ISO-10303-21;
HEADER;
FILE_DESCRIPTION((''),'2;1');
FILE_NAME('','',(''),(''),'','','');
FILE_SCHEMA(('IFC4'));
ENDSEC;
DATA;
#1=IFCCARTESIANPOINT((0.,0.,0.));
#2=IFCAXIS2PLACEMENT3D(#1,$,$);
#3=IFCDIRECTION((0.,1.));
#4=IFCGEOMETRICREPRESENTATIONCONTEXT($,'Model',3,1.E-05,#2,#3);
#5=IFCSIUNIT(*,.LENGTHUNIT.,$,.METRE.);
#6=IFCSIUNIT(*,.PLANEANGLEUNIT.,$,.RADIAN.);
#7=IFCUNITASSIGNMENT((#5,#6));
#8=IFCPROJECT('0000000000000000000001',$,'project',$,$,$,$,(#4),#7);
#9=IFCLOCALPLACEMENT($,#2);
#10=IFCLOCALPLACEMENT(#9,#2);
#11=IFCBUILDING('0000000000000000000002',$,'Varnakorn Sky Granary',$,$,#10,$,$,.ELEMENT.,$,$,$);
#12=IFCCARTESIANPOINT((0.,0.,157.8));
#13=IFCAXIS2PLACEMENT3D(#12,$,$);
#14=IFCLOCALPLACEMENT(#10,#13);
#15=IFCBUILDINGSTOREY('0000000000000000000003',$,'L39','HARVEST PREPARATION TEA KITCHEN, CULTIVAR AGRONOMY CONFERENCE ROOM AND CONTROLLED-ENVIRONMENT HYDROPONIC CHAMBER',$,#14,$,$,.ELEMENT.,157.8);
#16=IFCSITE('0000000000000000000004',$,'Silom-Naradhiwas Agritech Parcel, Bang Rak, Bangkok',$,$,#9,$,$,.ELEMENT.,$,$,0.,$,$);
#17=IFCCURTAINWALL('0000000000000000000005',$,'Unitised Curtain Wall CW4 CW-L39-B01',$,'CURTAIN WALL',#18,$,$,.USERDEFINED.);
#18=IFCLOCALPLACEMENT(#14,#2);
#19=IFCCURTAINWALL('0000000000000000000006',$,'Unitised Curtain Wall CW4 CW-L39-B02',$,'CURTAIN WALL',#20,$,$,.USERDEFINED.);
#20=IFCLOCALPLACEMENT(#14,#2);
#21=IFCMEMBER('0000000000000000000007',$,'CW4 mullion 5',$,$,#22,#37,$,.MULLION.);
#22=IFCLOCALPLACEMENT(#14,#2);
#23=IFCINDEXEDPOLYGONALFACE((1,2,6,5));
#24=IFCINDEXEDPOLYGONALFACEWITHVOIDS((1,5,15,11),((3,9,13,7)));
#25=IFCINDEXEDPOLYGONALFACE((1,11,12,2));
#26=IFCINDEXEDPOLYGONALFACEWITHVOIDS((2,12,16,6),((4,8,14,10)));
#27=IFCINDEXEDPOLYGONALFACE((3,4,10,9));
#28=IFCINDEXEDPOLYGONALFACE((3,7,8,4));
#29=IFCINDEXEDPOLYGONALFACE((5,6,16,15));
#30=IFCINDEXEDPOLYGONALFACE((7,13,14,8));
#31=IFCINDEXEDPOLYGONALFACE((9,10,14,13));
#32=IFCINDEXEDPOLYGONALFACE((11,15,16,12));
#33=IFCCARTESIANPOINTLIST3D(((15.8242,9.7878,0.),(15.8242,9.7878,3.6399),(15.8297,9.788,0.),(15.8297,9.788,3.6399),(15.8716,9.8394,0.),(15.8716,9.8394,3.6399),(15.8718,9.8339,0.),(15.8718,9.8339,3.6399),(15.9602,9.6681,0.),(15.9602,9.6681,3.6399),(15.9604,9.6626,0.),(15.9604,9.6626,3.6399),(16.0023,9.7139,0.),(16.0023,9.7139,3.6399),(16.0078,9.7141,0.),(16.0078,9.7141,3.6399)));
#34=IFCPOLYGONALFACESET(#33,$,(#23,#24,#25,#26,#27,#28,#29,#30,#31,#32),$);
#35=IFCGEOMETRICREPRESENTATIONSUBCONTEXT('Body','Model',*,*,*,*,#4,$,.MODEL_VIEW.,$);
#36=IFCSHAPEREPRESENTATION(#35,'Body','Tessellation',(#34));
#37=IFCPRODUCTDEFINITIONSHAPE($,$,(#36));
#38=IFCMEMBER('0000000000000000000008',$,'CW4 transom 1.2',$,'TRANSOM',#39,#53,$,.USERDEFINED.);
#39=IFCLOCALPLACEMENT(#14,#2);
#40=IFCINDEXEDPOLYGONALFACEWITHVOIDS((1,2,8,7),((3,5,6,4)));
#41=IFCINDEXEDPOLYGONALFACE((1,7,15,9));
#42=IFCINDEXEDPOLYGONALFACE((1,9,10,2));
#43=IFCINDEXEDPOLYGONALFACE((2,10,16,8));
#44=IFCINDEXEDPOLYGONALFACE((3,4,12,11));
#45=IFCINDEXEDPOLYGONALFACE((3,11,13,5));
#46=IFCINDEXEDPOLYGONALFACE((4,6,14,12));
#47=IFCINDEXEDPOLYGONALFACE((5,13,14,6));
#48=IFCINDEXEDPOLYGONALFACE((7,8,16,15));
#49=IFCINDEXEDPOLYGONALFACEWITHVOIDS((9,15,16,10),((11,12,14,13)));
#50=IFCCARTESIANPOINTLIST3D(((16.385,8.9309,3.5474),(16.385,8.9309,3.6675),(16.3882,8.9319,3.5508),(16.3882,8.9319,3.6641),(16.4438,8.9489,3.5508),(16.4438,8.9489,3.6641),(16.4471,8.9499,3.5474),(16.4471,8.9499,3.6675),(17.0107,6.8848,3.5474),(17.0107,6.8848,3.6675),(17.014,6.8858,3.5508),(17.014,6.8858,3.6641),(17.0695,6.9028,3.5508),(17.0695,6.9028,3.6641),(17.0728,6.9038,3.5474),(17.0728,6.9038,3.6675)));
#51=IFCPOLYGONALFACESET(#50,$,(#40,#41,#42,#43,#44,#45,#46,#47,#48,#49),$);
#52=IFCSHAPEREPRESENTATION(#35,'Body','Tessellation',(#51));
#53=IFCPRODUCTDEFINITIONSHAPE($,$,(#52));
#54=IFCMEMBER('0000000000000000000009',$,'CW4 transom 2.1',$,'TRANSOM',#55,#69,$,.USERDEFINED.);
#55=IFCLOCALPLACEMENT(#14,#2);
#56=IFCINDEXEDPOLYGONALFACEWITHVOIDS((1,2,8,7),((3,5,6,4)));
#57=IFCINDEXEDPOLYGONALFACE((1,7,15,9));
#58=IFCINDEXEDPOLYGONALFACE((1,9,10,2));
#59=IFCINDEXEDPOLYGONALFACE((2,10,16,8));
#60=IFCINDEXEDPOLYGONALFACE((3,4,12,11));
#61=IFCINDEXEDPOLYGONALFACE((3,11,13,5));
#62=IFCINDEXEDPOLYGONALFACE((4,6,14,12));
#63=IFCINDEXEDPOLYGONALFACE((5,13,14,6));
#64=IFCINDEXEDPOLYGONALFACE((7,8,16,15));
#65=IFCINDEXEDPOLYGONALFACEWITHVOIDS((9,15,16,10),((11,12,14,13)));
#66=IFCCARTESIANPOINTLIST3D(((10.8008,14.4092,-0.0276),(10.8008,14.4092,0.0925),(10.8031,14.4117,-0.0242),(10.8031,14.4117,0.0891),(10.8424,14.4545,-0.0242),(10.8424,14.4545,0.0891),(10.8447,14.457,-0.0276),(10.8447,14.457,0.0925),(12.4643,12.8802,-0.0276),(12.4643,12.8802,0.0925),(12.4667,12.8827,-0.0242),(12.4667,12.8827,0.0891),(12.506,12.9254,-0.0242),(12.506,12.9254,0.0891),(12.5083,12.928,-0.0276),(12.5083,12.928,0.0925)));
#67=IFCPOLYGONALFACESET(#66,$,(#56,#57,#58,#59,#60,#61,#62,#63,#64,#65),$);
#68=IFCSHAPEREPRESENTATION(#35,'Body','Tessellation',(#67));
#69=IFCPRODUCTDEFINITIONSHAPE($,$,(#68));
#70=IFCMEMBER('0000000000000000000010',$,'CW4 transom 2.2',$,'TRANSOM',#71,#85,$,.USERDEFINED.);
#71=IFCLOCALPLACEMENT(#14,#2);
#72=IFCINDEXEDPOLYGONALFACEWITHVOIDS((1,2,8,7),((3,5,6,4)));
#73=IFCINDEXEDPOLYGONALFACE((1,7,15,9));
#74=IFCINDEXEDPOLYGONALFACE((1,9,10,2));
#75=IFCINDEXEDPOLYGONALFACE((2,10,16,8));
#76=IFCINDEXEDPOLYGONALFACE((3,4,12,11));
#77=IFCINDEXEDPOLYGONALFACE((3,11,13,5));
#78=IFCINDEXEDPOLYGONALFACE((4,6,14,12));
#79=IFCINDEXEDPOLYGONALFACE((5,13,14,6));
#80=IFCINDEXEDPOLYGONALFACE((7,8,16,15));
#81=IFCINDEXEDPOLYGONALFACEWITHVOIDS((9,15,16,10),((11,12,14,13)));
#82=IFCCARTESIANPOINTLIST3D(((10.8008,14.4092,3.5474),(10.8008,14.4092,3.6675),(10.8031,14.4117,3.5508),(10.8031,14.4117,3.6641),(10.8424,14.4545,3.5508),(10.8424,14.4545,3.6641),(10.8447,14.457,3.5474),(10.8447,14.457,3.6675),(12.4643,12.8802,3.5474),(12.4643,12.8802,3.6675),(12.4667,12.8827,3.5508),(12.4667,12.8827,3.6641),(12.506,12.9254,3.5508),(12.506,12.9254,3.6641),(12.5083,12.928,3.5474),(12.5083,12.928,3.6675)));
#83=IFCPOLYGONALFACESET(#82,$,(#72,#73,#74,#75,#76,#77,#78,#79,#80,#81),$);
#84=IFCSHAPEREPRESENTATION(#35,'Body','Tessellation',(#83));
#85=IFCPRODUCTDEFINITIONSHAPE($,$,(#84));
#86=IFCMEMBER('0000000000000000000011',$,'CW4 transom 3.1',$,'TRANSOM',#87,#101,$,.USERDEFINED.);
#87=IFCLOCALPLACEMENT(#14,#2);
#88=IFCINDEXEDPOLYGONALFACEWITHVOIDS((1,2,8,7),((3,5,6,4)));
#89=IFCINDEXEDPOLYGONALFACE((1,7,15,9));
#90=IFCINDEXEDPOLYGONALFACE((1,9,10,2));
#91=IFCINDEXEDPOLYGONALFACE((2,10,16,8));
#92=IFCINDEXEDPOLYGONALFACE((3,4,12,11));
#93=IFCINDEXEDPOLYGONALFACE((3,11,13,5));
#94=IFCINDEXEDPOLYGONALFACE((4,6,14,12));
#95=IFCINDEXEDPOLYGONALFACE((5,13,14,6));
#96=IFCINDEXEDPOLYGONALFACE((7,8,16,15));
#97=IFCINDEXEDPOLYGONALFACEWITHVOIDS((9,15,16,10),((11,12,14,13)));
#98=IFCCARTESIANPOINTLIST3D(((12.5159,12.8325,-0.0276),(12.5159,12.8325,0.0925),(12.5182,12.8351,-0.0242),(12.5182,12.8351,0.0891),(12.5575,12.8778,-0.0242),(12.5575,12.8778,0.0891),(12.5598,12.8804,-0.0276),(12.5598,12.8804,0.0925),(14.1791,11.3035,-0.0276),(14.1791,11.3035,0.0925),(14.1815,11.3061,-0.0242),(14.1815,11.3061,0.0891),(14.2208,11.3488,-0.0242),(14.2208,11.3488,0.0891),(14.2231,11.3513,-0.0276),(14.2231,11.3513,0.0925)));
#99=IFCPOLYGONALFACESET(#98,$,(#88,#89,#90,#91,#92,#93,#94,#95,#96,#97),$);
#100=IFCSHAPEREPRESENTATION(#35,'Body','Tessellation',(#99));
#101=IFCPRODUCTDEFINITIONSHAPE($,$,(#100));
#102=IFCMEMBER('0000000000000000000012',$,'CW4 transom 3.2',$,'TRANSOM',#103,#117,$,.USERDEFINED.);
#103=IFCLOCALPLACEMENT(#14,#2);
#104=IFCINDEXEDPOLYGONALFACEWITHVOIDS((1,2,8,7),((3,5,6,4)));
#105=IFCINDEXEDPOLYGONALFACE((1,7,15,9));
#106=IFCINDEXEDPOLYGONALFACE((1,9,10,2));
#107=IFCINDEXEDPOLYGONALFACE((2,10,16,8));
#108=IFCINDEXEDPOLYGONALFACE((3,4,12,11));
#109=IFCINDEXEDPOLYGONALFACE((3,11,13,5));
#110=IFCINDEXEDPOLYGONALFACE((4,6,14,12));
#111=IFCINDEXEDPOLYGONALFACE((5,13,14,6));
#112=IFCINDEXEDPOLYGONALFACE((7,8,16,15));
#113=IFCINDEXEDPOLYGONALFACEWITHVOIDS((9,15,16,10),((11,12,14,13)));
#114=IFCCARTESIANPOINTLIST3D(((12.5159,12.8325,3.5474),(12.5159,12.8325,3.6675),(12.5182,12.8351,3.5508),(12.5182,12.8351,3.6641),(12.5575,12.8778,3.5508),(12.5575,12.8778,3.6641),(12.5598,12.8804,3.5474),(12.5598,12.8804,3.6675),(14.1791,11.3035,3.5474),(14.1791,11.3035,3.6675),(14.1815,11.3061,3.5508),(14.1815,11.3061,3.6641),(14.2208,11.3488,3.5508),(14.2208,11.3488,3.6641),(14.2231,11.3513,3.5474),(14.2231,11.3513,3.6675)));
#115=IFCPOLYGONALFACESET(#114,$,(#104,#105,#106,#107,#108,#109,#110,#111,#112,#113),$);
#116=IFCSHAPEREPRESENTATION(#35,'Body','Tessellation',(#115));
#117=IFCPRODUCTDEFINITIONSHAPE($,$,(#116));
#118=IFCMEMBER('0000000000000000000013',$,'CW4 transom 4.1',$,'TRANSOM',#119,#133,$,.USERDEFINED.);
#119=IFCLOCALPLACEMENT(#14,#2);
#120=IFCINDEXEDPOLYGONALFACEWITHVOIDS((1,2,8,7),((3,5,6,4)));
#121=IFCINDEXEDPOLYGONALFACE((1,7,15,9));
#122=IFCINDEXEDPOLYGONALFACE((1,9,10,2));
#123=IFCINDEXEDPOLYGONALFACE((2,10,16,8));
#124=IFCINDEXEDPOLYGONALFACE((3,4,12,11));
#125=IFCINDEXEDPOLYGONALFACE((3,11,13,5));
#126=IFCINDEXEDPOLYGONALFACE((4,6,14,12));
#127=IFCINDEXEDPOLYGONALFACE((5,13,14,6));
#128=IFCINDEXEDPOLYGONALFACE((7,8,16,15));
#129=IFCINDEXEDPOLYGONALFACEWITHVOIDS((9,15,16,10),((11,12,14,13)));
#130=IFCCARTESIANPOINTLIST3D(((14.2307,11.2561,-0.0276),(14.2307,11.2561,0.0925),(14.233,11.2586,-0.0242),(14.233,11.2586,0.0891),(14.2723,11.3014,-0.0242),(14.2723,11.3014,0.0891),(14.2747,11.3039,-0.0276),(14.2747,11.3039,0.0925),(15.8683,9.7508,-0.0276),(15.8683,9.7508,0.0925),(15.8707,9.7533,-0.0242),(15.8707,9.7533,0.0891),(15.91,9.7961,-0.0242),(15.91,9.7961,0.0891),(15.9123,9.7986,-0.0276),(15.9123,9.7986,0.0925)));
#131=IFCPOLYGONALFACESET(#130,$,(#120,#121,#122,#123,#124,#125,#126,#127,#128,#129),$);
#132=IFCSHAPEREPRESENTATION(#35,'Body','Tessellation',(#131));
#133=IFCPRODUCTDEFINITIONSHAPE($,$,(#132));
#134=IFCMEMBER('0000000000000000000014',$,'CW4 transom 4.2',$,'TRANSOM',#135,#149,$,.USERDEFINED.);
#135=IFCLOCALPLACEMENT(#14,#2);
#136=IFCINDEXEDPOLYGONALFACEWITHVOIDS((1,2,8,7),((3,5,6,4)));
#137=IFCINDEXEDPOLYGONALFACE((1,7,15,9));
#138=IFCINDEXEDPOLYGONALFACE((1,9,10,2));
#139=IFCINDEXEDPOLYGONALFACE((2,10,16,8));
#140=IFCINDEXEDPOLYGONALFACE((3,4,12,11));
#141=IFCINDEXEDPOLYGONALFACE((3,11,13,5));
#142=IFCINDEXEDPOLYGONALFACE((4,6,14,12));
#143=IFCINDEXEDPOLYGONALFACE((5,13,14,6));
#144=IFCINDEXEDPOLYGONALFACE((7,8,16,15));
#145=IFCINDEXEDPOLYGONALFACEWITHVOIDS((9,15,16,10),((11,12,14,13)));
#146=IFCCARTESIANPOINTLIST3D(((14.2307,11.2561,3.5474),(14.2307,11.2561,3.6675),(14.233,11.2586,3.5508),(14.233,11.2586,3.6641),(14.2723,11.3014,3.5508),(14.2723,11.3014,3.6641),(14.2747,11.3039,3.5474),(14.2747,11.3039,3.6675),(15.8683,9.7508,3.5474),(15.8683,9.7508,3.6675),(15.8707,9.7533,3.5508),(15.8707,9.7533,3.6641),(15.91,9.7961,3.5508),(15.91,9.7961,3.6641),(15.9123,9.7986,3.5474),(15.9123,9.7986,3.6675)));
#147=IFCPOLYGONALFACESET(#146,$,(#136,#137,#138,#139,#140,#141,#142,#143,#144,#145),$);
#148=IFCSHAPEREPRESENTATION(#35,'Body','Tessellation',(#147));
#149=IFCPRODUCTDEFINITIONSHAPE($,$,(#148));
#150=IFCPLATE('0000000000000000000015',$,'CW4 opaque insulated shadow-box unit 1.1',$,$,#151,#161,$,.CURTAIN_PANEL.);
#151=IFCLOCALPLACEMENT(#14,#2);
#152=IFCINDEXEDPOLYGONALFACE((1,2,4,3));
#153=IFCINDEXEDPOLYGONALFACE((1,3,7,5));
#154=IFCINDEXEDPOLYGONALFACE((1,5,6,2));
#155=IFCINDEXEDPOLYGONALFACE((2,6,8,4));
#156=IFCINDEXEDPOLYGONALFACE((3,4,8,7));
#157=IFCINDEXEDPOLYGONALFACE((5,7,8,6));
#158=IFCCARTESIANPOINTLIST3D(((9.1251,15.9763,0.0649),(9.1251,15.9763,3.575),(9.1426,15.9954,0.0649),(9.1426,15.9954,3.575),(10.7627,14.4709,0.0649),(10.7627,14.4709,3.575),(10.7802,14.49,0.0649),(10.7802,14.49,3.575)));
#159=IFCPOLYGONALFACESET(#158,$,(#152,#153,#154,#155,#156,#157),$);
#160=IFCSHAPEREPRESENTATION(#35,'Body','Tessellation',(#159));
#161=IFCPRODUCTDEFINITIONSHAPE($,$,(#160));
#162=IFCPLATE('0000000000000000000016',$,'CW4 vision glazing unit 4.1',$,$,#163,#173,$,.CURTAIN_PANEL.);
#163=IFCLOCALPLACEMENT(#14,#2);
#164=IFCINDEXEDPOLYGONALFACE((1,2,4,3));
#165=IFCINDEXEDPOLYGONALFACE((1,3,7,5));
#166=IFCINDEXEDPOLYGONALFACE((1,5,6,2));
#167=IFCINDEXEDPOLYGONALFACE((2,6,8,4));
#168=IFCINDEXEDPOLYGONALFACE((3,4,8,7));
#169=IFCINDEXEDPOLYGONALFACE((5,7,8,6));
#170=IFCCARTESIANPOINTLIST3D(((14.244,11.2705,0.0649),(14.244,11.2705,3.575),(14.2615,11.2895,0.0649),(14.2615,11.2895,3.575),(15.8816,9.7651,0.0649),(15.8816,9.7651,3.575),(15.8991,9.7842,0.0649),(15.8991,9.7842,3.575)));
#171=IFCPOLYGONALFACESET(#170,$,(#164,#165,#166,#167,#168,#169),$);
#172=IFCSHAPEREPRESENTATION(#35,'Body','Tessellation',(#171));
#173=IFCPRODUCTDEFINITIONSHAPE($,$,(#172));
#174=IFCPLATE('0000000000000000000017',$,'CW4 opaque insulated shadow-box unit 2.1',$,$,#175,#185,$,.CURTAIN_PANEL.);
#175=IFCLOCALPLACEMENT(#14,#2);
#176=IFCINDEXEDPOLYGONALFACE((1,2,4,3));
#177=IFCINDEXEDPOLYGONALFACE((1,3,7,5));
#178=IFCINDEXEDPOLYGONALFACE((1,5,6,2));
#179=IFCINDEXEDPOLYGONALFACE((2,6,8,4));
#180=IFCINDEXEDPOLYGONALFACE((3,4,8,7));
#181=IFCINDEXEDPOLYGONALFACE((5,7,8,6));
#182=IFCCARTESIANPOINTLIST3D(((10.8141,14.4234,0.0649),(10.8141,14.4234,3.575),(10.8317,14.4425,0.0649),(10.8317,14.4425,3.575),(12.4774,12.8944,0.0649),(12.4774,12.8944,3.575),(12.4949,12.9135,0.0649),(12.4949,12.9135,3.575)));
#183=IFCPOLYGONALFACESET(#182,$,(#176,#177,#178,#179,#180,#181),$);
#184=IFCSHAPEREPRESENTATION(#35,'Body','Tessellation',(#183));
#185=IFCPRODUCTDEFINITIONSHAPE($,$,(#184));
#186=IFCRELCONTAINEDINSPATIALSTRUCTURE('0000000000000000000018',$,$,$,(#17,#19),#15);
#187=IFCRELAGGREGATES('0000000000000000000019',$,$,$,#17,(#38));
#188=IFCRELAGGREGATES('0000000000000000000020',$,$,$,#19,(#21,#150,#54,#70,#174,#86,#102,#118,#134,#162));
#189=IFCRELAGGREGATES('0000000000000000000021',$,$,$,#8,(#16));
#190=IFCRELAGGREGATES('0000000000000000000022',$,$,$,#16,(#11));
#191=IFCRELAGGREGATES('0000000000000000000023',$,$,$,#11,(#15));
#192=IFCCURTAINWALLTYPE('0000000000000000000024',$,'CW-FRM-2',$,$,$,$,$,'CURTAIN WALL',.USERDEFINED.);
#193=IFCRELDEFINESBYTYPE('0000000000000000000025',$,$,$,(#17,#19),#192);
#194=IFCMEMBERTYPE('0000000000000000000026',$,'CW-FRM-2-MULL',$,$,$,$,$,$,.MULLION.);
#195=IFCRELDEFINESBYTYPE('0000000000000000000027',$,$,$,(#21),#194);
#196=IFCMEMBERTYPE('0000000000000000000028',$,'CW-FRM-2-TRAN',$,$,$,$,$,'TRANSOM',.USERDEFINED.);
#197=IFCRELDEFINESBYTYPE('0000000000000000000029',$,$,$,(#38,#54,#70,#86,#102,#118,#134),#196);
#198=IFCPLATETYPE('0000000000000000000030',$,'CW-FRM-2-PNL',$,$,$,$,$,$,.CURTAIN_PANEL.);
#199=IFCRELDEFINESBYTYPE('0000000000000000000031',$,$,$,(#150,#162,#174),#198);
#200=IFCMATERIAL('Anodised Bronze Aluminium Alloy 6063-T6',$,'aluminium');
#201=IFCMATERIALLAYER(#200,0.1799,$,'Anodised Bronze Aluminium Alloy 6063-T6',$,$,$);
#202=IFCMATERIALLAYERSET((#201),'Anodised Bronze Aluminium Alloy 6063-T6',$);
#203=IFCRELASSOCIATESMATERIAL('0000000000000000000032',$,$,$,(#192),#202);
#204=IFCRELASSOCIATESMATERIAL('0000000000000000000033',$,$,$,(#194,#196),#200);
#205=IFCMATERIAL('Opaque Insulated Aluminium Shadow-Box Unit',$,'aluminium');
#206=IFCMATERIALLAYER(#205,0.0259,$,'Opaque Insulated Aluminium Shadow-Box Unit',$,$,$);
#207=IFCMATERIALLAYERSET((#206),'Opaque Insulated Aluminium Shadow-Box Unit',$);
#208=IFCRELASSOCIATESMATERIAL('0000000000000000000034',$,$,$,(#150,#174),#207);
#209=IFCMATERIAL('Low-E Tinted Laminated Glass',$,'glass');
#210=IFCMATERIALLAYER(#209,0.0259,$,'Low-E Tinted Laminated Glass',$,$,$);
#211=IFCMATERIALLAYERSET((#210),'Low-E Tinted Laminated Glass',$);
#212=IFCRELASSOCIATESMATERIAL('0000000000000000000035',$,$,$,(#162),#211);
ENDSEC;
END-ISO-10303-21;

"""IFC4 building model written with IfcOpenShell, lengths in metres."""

from ifc_helpers import new_model, si_unit, direction, frame, origin, origin_2d, place, context, subcontext, project, spatial, rectangle, hollow_rectangle, extrude, source, transform, mapped, material, layer, layer_set, material_profile, profile_set, type_object, type_shapes, element, aggregate, save


model = new_model("IFC4")

# Units and contexts
model_context = context("Model", 3, precision=1e-05, world=origin(), true_north=direction((0.0, 1.0)))
body_context = subcontext(model_context, "Body", "Model", "MODEL_VIEW")
ifc_project = project(units=[si_unit("LENGTHUNIT", "METRE"), si_unit("PLANEANGLEUNIT", "RADIAN")], contexts=[model_context])

# Site, building, storey
site_placement = place(None, origin())
site = spatial("IfcSite", under=ifc_project, at=site_placement, Name="Silom-Naradhiwas Agritech Parcel, Bang Rak, Bangkok", CompositionType="ELEMENT", RefElevation=0.0)
building_placement = place(site_placement, origin())
building = spatial("IfcBuilding", under=site, at=building_placement, Name="Varnakorn Sky Granary", CompositionType="ELEMENT")
storey_placement = place(building_placement, frame((0.0, 0.0, 157.8)))
storey = spatial("IfcBuildingStorey", under=building, at=storey_placement, Name="L39", Description="HARVEST PREPARATION TEA KITCHEN, CULTIVAR AGRONOMY CONFERENCE ROOM AND CONTROLLED-ENVIRONMENT HYDROPONIC CHAMBER", CompositionType="ELEMENT", Elevation=157.8)

# Curtain wall
ifc_material_1 = material(Name="Anodised Bronze Aluminium Alloy 6063-T6", Category="aluminium")
ifc_layer_1 = layer(ifc_material_1, 0.1799, Name="Anodised Bronze Aluminium Alloy 6063-T6")
ifc_layer_set_1 = layer_set([ifc_layer_1], Name="Anodised Bronze Aluminium Alloy 6063-T6")
curtain_wall_type = type_object("IfcCurtainWallType", Name="CW-FRM-2", ElementType="CURTAIN WALL", PredefinedType="USERDEFINED", material=ifc_layer_set_1)
curtain_wall_1_placement = place(storey_placement, origin())
curtain_wall_1 = element("IfcCurtainWall", 1, at=curtain_wall_1_placement, inside=storey, type_object=curtain_wall_type, Name="Unitised Curtain Wall CW4 CW-L39-B01", ObjectType="CURTAIN WALL", PredefinedType="USERDEFINED")
ifc_material_profile_1 = material_profile(ifc_material_1, hollow_rectangle(XDim=0.0701, YDim=0.1851, WallThickness=0.0039, at=origin_2d()), Name="ALU MULL 70x185")
ifc_profile_set_1 = profile_set([ifc_material_profile_1], Name="Anodised Bronze Aluminium Alloy 6063-T6")
member_type_1 = type_object("IfcMemberType", Name="CW-FRM-2-MULL", PredefinedType="MULLION", material=ifc_profile_set_1)

# Curtain wall, member
curtain_wall_2_placement = place(storey_placement, origin())
curtain_wall_2 = element("IfcCurtainWall", 2, at=curtain_wall_2_placement, inside=storey, type_object=curtain_wall_type, Name="Unitised Curtain Wall CW4 CW-L39-B02", ObjectType="CURTAIN WALL", PredefinedType="USERDEFINED")
member_1_placement = place(storey_placement, frame((15.916, 9.751, 0.0), z_axis=(0.0, 0.0, 1.0), x_axis=(0.676758, 0.736205, 0.0)))
member_1 = element("IfcMember", 3, at=member_1_placement, type_object=member_type_1, Name="CW4 mullion 5", PredefinedType="MULLION", context=body_context, shape_type="SweptSolid", body=[
    extrude(hollow_rectangle(XDim=0.0701, YDim=0.1851, WallThickness=0.0039, at=origin_2d()), origin(), (0.0, 0.0, 1.0), 3.6399),
])

# Members
ifc_material_profile_2 = material_profile(ifc_material_1, hollow_rectangle(XDim=0.0649, YDim=0.1201, WallThickness=0.0034, at=origin_2d()), Name="ALU TRAN 65x120")
ifc_profile_set_2 = profile_set([ifc_material_profile_2], Name="Anodised Bronze Aluminium Alloy 6063-T6")
member_type_2 = type_object("IfcMemberType", Name="CW-FRM-2-TRAN", ElementType="TRANSOM", PredefinedType="USERDEFINED", material=ifc_profile_set_2)
member_2_placement = place(storey_placement, frame((16.416, 8.9404, 3.6074), z_axis=(0.292442, -0.956283, 0.0), x_axis=(0.956283, 0.292442, 0.0)))
member_2 = element("IfcMember", 4, at=member_2_placement, type_object=member_type_2, Name="CW4 transom 1.2", ObjectType="TRANSOM", PredefinedType="USERDEFINED", context=body_context, shape_type="SweptSolid", body=[
    extrude(hollow_rectangle(XDim=0.0649, YDim=0.1201, WallThickness=0.0034, at=origin_2d()), origin(), (0.0, 0.0, 1.0), 2.1396),
])
aggregate(curtain_wall_1, [member_2])
member_3_placement = place(storey_placement, frame((10.8228, 14.4331, 0.0325), z_axis=(0.736247, -0.676712, 0.0), x_axis=(0.676712, 0.736247, 0.0)))
member_3 = element("IfcMember", 5, at=member_3_placement, type_object=member_type_2, Name="CW4 transom 2.1", ObjectType="TRANSOM", PredefinedType="USERDEFINED", context=body_context, shape_type="SweptSolid", body=[
    extrude(hollow_rectangle(XDim=0.0649, YDim=0.1201, WallThickness=0.0034, at=origin_2d()), origin(), (0.0, 0.0, 1.0), 2.2595),
])
member_4_placement = place(storey_placement, frame((10.8228, 14.4331, 3.6074), z_axis=(0.736247, -0.676712, 0.0), x_axis=(0.676712, 0.736247, 0.0)))
member_4 = element("IfcMember", 6, at=member_4_placement, type_object=member_type_2, Name="CW4 transom 2.2", ObjectType="TRANSOM", PredefinedType="USERDEFINED", context=body_context, shape_type="SweptSolid", body=[
    extrude(hollow_rectangle(XDim=0.0649, YDim=0.1201, WallThickness=0.0034, at=origin_2d()), origin(), (0.0, 0.0, 1.0), 2.2595),
])
member_5_placement = place(storey_placement, frame((12.5378, 12.8564, 0.0325), z_axis=(0.736198, -0.676766, 0.0), x_axis=(0.676766, 0.736198, 0.0)))
member_5 = element("IfcMember", 7, at=member_5_placement, type_object=member_type_2, Name="CW4 transom 3.1", ObjectType="TRANSOM", PredefinedType="USERDEFINED", context=body_context, shape_type="SweptSolid", body=[
    extrude(hollow_rectangle(XDim=0.0649, YDim=0.1201, WallThickness=0.0034, at=origin_2d()), origin(), (0.0, 0.0, 1.0), 2.2593),
])
member_6_placement = place(storey_placement, frame((12.5378, 12.8564, 3.6074), z_axis=(0.736198, -0.676766, 0.0), x_axis=(0.676766, 0.736198, 0.0)))
member_6 = element("IfcMember", 8, at=member_6_placement, type_object=member_type_2, Name="CW4 transom 3.2", ObjectType="TRANSOM", PredefinedType="USERDEFINED", context=body_context, shape_type="SweptSolid", body=[
    extrude(hollow_rectangle(XDim=0.0649, YDim=0.1201, WallThickness=0.0034, at=origin_2d()), origin(), (0.0, 0.0, 1.0), 2.2593),
])
member_7_placement = place(storey_placement, frame((14.2527, 11.28, 0.0325), z_axis=(0.736224, -0.676738, 0.0), x_axis=(0.676738, 0.736224, 0.0)))
member_7 = element("IfcMember", 9, at=member_7_placement, type_object=member_type_2, Name="CW4 transom 4.1", ObjectType="TRANSOM", PredefinedType="USERDEFINED", context=body_context, shape_type="SweptSolid", body=[
    extrude(hollow_rectangle(XDim=0.0649, YDim=0.1201, WallThickness=0.0034, at=origin_2d()), origin(), (0.0, 0.0, 1.0), 2.2244),
])
member_8_placement = place(storey_placement, frame((14.2527, 11.28, 3.6074), z_axis=(0.736224, -0.676738, 0.0), x_axis=(0.676738, 0.736224, 0.0)))
member_8 = element("IfcMember", 10, at=member_8_placement, type_object=member_type_2, Name="CW4 transom 4.2", ObjectType="TRANSOM", PredefinedType="USERDEFINED", context=body_context, shape_type="SweptSolid", body=[
    extrude(hollow_rectangle(XDim=0.0649, YDim=0.1201, WallThickness=0.0034, at=origin_2d()), origin(), (0.0, 0.0, 1.0), 2.2244),
])

# Plates
ifc_material_2 = material(Name="Opaque Insulated Aluminium Shadow-Box Unit", Category="aluminium")
ifc_layer_2 = layer(ifc_material_2, 0.0259, Name="Opaque Insulated Aluminium Shadow-Box Unit")
ifc_layer_set_2 = layer_set([ifc_layer_2], Name="Opaque Insulated Aluminium Shadow-Box Unit")
plate_type = type_object("IfcPlateType", Name="CW-FRM-2-PNL", PredefinedType="CURTAIN_PANEL")
shared_shape_1 = source(origin(), body_context, "Body", "SweptSolid", [
    extrude(rectangle(XDim=2.2244, YDim=0.0259, at=origin_2d()), origin(), (0.0, 0.0, 1.0), 3.51),
])
plate_1_placement = place(storey_placement, frame((9.9526, 15.2332, 0.0649), z_axis=(0.0, 0.0, 1.0), x_axis=(0.736205, -0.676758, 0.0)))
plate_1 = element("IfcPlate", 11, at=plate_1_placement, type_object=plate_type, material=ifc_layer_set_2, Name="CW4 opaque insulated shadow-box unit 1.1", PredefinedType="CURTAIN_PANEL", context=body_context, shape_type="MappedRepresentation", body=[
    mapped(shared_shape_1, transform((0.0, 0.0, 0.0), x_axis=(1.0, 0.0, 0.0), y_axis=(0.0, 1.0, 0.0), z_axis=(0.0, 0.0, 1.0), scale=1.0)),
])
ifc_material_3 = material(Name="Low-E Tinted Laminated Glass", Category="glass")
ifc_layer_3 = layer(ifc_material_3, 0.0259, Name="Low-E Tinted Laminated Glass")
ifc_layer_set_3 = layer_set([ifc_layer_3], Name="Low-E Tinted Laminated Glass")
plate_2_placement = place(storey_placement, frame((15.0715, 10.5273, 0.0649), z_axis=(0.0, 0.0, 1.0), x_axis=(0.736205, -0.676758, 0.0)))
plate_2 = element("IfcPlate", 12, at=plate_2_placement, type_object=plate_type, material=ifc_layer_set_3, Name="CW4 vision glazing unit 4.1", PredefinedType="CURTAIN_PANEL", context=body_context, shape_type="MappedRepresentation", body=[
    mapped(shared_shape_1, transform((0.0, 0.0, 0.0), x_axis=(1.0, 0.0, 0.0), y_axis=(0.0, 1.0, 0.0), z_axis=(0.0, 0.0, 1.0), scale=1.0)),
])
shared_shape_2 = source(origin(), body_context, "Body", "SweptSolid", [
    extrude(rectangle(XDim=2.2593, YDim=0.0259, at=origin_2d()), origin(), (0.0, 0.0, 1.0), 3.51),
])
type_shapes(plate_type, [shared_shape_1, shared_shape_2])
plate_3_placement = place(storey_placement, frame((11.6545, 13.6685, 0.0649), z_axis=(0.0, 0.0, 1.0), x_axis=(0.736205, -0.676758, 0.0)))
plate_3 = element("IfcPlate", 13, at=plate_3_placement, type_object=plate_type, material=ifc_layer_set_2, Name="CW4 opaque insulated shadow-box unit 2.1", PredefinedType="CURTAIN_PANEL", context=body_context, shape_type="MappedRepresentation", body=[
    mapped(shared_shape_2, transform((0.0, 0.0, 0.0), x_axis=(1.0, 0.0, 0.0), y_axis=(0.0, 1.0, 0.0), z_axis=(0.0, 0.0, 1.0), scale=1.0)),
])
aggregate(curtain_wall_2, [member_1, plate_1, member_3, member_4, plate_3, member_5, member_6, member_7, member_8, plate_2])

save(model, "model.ifc")
